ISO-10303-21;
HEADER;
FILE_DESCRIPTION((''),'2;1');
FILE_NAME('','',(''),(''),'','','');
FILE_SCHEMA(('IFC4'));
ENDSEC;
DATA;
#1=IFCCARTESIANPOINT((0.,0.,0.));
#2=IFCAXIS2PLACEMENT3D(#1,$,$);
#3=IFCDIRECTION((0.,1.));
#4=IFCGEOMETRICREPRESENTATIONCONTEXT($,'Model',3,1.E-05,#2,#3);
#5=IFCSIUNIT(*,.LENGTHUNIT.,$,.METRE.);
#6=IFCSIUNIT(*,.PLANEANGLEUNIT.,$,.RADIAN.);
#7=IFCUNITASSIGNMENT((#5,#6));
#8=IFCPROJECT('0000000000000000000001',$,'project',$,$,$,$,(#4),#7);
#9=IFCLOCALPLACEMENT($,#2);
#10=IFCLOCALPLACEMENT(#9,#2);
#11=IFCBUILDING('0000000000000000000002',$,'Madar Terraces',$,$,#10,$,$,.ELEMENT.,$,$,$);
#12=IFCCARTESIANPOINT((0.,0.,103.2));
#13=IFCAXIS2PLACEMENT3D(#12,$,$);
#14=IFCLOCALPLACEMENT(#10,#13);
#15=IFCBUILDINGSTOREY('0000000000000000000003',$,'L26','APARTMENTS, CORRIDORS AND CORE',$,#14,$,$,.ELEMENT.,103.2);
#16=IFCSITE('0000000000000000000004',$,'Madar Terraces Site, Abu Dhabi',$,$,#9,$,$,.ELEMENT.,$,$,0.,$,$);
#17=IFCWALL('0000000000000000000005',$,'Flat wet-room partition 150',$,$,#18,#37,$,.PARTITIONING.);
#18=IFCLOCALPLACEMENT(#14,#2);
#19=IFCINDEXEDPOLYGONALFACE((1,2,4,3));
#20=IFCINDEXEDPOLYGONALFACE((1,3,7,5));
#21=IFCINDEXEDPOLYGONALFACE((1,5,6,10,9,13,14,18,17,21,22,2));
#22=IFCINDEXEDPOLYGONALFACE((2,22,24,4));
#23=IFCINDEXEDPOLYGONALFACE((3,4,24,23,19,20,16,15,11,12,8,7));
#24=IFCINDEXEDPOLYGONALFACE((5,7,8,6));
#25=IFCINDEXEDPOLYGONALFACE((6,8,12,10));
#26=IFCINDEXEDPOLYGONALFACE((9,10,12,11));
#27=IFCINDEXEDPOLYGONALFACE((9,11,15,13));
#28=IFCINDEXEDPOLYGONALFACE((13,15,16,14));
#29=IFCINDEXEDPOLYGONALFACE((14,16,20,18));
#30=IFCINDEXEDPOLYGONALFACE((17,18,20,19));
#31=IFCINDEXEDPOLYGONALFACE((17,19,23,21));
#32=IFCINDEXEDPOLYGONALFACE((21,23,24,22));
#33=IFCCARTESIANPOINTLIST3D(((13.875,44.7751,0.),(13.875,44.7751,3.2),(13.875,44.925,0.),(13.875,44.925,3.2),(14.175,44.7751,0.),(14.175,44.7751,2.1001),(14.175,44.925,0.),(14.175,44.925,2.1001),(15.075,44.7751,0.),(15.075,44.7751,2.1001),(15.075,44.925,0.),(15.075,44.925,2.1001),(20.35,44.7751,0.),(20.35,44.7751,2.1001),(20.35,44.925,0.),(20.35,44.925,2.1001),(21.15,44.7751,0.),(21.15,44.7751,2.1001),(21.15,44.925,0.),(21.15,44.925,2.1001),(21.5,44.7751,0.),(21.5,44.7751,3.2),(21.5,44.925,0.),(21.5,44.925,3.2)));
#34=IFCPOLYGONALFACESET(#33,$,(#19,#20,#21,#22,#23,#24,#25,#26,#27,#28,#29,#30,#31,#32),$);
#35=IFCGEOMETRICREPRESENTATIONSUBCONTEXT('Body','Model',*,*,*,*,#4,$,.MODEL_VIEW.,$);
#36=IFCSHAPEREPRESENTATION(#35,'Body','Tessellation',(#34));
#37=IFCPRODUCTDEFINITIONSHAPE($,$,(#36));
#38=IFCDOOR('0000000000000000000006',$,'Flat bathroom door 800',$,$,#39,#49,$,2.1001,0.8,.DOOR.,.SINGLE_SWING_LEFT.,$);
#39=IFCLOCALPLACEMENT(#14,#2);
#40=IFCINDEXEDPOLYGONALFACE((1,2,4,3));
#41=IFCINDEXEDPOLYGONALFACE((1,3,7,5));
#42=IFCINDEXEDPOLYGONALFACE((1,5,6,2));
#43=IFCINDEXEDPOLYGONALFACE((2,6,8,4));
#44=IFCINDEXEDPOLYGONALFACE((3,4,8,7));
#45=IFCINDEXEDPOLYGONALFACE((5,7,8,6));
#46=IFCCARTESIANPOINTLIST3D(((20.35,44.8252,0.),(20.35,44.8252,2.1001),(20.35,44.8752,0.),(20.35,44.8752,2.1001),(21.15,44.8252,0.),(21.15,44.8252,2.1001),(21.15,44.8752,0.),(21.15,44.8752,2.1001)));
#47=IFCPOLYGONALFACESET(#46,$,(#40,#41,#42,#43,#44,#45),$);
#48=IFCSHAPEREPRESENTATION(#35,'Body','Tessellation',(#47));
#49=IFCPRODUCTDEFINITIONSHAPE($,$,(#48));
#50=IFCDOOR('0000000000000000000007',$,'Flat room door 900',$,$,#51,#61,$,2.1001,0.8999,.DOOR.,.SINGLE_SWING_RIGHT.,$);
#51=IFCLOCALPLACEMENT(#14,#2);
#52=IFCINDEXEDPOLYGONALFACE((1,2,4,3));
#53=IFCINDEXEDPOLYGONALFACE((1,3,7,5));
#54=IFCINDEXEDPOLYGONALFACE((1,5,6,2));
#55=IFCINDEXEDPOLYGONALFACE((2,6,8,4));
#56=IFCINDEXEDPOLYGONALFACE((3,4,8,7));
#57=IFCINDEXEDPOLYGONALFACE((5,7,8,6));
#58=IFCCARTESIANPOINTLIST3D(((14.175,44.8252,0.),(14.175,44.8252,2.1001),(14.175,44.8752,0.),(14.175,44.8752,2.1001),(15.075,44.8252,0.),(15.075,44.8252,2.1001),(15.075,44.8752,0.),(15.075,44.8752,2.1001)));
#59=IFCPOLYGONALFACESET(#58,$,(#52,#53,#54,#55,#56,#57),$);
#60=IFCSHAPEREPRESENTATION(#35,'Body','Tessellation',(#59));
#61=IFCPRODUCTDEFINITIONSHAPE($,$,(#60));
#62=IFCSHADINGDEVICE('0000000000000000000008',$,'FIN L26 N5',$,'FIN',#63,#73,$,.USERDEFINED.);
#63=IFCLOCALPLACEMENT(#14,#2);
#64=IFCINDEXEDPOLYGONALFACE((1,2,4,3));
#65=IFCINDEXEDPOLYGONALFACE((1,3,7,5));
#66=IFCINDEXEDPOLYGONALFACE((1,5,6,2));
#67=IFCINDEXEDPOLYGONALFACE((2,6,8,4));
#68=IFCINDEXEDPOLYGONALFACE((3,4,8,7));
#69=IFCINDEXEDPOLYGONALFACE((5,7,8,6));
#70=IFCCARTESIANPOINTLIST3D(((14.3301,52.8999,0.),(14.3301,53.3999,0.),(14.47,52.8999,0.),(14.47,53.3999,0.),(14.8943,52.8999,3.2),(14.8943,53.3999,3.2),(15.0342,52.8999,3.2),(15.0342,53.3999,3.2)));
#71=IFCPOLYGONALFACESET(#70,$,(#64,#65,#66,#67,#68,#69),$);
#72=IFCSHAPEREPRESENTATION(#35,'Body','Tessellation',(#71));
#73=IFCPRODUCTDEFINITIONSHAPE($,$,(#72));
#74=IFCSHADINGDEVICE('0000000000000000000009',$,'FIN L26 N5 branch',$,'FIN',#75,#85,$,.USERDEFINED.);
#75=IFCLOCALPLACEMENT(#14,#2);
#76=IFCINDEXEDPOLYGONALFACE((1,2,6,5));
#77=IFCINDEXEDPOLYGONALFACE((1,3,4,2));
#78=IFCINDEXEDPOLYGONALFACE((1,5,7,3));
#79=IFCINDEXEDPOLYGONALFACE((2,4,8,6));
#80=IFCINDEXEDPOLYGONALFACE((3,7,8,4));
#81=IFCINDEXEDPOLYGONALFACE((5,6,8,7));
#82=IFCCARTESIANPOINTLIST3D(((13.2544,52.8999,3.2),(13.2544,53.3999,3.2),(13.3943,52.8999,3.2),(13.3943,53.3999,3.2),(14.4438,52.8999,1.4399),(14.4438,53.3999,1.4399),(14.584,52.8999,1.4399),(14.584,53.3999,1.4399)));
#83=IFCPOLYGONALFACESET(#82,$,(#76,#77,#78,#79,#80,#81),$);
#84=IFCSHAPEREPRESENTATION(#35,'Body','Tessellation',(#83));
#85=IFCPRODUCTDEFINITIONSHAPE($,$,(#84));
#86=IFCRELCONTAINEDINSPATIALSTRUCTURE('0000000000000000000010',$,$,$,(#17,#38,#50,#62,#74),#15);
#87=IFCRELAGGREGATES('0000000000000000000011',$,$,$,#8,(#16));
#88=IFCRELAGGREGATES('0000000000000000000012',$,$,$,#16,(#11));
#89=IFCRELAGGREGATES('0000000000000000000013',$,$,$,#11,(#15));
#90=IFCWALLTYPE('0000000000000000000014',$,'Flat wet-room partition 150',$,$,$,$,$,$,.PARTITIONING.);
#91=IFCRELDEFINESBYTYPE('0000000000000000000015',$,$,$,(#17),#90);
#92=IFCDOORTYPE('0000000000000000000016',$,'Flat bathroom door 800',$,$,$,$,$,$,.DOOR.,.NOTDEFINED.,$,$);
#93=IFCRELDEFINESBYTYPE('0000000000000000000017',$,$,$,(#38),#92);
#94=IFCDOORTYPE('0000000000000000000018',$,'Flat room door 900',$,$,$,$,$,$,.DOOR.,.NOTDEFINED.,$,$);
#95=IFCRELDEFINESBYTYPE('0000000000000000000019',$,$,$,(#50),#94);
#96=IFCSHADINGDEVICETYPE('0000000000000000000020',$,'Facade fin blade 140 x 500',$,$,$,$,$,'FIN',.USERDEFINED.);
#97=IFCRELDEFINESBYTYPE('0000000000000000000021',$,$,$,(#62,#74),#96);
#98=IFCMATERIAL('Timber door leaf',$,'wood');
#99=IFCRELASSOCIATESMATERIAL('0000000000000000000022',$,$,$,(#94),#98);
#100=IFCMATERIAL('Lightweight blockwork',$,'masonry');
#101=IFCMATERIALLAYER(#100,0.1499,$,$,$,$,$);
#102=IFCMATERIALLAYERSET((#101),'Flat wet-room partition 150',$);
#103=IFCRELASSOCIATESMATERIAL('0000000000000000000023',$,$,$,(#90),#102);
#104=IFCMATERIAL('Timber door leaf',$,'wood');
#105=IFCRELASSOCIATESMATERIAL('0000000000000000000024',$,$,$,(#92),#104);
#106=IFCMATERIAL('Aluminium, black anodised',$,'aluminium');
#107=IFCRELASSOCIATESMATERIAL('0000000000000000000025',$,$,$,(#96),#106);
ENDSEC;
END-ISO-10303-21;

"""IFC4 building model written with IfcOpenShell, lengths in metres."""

from ifc_helpers import new_model, si_unit, direction, frame, frame_2d, origin, place, context, subcontext, project, spatial, polyline, rectangle, outline, extrude, material, layer, layer_set, type_object, element, fill, save


model = new_model("IFC4")

# Units and contexts
model_context = context("Model", 3, precision=1e-05, world=origin(), true_north=direction((0.0, 1.0)))
body_context = subcontext(model_context, "Body", "Model", "MODEL_VIEW")
ifc_project = project(units=[si_unit("LENGTHUNIT", "METRE"), si_unit("PLANEANGLEUNIT", "RADIAN")], contexts=[model_context])

# Site, building, storey
site_placement = place(None, origin())
site = spatial("IfcSite", under=ifc_project, at=site_placement, Name="Madar Terraces Site, Abu Dhabi", CompositionType="ELEMENT", RefElevation=0.0)
building_placement = place(site_placement, origin())
building = spatial("IfcBuilding", under=site, at=building_placement, Name="Madar Terraces", CompositionType="ELEMENT")
storey_placement = place(building_placement, frame((0.0, 0.0, 103.2)))
storey = spatial("IfcBuildingStorey", under=building, at=storey_placement, Name="L26", Description="APARTMENTS, CORRIDORS AND CORE", CompositionType="ELEMENT", Elevation=103.2)

# Shared definitions
ifc_material_1 = material(Name="Timber door leaf", Category="wood")
door_type_1 = type_object("IfcDoorType", Name="Flat room door 900", OperationType="NOTDEFINED", PredefinedType="DOOR", material=ifc_material_1)

# Wall, openings, doors
ifc_material_2 = material(Name="Lightweight blockwork", Category="masonry")
ifc_layer_1 = layer(ifc_material_2, 0.1499)
ifc_layer_set_1 = layer_set([ifc_layer_1], Name="Flat wet-room partition 150")
wall_type_1 = type_object("IfcWallType", Name="Flat wet-room partition 150", PredefinedType="PARTITIONING", material=ifc_layer_set_1)
wall_1_placement = place(storey_placement, frame((21.5, 44.8501, 0.0), z_axis=(0.0, 0.0, 1.0), x_axis=(-1.0, 0.0, 0.0)))
wall_1 = element("IfcWall", 1, at=wall_1_placement, inside=storey, type_object=wall_type_1, Name="Flat wet-room partition 150", PredefinedType="PARTITIONING", context=body_context, shape_type="SweptSolid", body=[
    extrude(rectangle(XDim=7.625, YDim=0.1499, at=frame_2d((3.8125, 0.0))), origin(), (0.0, 0.0, 1.0), 3.2),
])
opening_1_placement = place(wall_1_placement, frame((6.425, 0.0, 0.0)))
opening_1 = element("IfcOpeningElement", 2, at=opening_1_placement, cuts=wall_1, PredefinedType="OPENING", context=body_context, shape_type="SweptSolid", body=[
    extrude(rectangle(XDim=0.8999, YDim=2.1001, at=frame_2d((0.45, 1.05))), frame((0.0, 0.085, 0.0), z_axis=(0.0, -1.0, 0.0), x_axis=(1.0, 0.0, 0.0)), (0.0, 0.0, 1.0), 0.1699),
])
opening_2_placement = place(wall_1_placement, frame((0.3501, 0.0, 0.0)))
opening_2 = element("IfcOpeningElement", 3, at=opening_2_placement, cuts=wall_1, PredefinedType="OPENING", context=body_context, shape_type="SweptSolid", body=[
    extrude(rectangle(XDim=0.8, YDim=2.1001, at=frame_2d((0.3999, 1.05))), frame((0.0, 0.085, 0.0), z_axis=(0.0, -1.0, 0.0), x_axis=(1.0, 0.0, 0.0)), (0.0, 0.0, 1.0), 0.1699),
])
ifc_material_3 = material(Name="Timber door leaf", Category="wood")
door_type_2 = type_object("IfcDoorType", Name="Flat bathroom door 800", OperationType="NOTDEFINED", PredefinedType="DOOR", material=ifc_material_3)
door_1_placement = place(opening_2_placement, origin())
door_1 = element("IfcDoor", 4, at=door_1_placement, inside=storey, type_object=door_type_2, Name="Flat bathroom door 800", OperationType="SINGLE_SWING_LEFT", OverallHeight=2.1001, OverallWidth=0.8, PredefinedType="DOOR", context=body_context, shape_type="SweptSolid", body=[
    extrude(rectangle(XDim=0.8, YDim=2.1001, at=frame_2d((0.3999, 1.05))), frame((0.0, 0.0249, 0.0), z_axis=(0.0, -1.0, 0.0), x_axis=(1.0, 0.0, 0.0)), (0.0, 0.0, 1.0), 0.05),
])
fill(opening_2, door_1)
door_2_placement = place(opening_1_placement, origin())
door_2 = element("IfcDoor", 5, at=door_2_placement, inside=storey, type_object=door_type_1, Name="Flat room door 900", OperationType="SINGLE_SWING_RIGHT", OverallHeight=2.1001, OverallWidth=0.8999, PredefinedType="DOOR", context=body_context, shape_type="SweptSolid", body=[
    extrude(rectangle(XDim=0.8999, YDim=2.1001, at=frame_2d((0.45, 1.05))), frame((0.0, 0.0249, 0.0), z_axis=(0.0, -1.0, 0.0), x_axis=(1.0, 0.0, 0.0)), (0.0, 0.0, 1.0), 0.05),
])
fill(opening_1, door_2)

# Shading devices
ifc_material_4 = material(Name="Aluminium, black anodised", Category="aluminium")
shading_device_type = type_object("IfcShadingDeviceType", Name="Facade fin blade 140 x 500", ElementType="FIN", PredefinedType="USERDEFINED", material=ifc_material_4)
shading_device_1_placement = place(storey_placement, frame((14.47, 53.1499, 0.0), z_axis=(0.0, 0.0, 1.0), x_axis=(-1.0, 0.0, 0.0)))
element("IfcShadingDevice", 6, at=shading_device_1_placement, inside=storey, type_object=shading_device_type, Name="FIN L26 N5", ObjectType="FIN", PredefinedType="USERDEFINED", context=body_context, shape_type="SweptSolid", body=[
    extrude(outline(polyline([(0.0, 0.0), (0.1399, 0.0), (-0.4243, 3.2), (-0.5642, 3.2), (0.0, 0.0)])), frame((0.0, 0.25, 0.0), z_axis=(0.0, -1.0, 0.0), x_axis=(1.0, 0.0, 0.0)), (0.0, 0.0, 1.0), 0.5),
])
shading_device_2_placement = place(storey_placement, frame((14.584, 53.1499, 1.4399), z_axis=(0.0, 0.0, 1.0), x_axis=(-1.0, 0.0, 0.0)))
element("IfcShadingDevice", 7, at=shading_device_2_placement, inside=storey, type_object=shading_device_type, Name="FIN L26 N5 branch", ObjectType="FIN", PredefinedType="USERDEFINED", context=body_context, shape_type="SweptSolid", body=[
    extrude(outline(polyline([(0.0, 0.0), (0.1401, 0.0), (1.3296, 1.76), (1.1897, 1.76), (0.0, 0.0)])), frame((0.0, 0.25, 0.0), z_axis=(0.0, -1.0, 0.0), x_axis=(1.0, 0.0, 0.0)), (0.0, 0.0, 1.0), 0.5),
])

save(model, "model.ifc")
